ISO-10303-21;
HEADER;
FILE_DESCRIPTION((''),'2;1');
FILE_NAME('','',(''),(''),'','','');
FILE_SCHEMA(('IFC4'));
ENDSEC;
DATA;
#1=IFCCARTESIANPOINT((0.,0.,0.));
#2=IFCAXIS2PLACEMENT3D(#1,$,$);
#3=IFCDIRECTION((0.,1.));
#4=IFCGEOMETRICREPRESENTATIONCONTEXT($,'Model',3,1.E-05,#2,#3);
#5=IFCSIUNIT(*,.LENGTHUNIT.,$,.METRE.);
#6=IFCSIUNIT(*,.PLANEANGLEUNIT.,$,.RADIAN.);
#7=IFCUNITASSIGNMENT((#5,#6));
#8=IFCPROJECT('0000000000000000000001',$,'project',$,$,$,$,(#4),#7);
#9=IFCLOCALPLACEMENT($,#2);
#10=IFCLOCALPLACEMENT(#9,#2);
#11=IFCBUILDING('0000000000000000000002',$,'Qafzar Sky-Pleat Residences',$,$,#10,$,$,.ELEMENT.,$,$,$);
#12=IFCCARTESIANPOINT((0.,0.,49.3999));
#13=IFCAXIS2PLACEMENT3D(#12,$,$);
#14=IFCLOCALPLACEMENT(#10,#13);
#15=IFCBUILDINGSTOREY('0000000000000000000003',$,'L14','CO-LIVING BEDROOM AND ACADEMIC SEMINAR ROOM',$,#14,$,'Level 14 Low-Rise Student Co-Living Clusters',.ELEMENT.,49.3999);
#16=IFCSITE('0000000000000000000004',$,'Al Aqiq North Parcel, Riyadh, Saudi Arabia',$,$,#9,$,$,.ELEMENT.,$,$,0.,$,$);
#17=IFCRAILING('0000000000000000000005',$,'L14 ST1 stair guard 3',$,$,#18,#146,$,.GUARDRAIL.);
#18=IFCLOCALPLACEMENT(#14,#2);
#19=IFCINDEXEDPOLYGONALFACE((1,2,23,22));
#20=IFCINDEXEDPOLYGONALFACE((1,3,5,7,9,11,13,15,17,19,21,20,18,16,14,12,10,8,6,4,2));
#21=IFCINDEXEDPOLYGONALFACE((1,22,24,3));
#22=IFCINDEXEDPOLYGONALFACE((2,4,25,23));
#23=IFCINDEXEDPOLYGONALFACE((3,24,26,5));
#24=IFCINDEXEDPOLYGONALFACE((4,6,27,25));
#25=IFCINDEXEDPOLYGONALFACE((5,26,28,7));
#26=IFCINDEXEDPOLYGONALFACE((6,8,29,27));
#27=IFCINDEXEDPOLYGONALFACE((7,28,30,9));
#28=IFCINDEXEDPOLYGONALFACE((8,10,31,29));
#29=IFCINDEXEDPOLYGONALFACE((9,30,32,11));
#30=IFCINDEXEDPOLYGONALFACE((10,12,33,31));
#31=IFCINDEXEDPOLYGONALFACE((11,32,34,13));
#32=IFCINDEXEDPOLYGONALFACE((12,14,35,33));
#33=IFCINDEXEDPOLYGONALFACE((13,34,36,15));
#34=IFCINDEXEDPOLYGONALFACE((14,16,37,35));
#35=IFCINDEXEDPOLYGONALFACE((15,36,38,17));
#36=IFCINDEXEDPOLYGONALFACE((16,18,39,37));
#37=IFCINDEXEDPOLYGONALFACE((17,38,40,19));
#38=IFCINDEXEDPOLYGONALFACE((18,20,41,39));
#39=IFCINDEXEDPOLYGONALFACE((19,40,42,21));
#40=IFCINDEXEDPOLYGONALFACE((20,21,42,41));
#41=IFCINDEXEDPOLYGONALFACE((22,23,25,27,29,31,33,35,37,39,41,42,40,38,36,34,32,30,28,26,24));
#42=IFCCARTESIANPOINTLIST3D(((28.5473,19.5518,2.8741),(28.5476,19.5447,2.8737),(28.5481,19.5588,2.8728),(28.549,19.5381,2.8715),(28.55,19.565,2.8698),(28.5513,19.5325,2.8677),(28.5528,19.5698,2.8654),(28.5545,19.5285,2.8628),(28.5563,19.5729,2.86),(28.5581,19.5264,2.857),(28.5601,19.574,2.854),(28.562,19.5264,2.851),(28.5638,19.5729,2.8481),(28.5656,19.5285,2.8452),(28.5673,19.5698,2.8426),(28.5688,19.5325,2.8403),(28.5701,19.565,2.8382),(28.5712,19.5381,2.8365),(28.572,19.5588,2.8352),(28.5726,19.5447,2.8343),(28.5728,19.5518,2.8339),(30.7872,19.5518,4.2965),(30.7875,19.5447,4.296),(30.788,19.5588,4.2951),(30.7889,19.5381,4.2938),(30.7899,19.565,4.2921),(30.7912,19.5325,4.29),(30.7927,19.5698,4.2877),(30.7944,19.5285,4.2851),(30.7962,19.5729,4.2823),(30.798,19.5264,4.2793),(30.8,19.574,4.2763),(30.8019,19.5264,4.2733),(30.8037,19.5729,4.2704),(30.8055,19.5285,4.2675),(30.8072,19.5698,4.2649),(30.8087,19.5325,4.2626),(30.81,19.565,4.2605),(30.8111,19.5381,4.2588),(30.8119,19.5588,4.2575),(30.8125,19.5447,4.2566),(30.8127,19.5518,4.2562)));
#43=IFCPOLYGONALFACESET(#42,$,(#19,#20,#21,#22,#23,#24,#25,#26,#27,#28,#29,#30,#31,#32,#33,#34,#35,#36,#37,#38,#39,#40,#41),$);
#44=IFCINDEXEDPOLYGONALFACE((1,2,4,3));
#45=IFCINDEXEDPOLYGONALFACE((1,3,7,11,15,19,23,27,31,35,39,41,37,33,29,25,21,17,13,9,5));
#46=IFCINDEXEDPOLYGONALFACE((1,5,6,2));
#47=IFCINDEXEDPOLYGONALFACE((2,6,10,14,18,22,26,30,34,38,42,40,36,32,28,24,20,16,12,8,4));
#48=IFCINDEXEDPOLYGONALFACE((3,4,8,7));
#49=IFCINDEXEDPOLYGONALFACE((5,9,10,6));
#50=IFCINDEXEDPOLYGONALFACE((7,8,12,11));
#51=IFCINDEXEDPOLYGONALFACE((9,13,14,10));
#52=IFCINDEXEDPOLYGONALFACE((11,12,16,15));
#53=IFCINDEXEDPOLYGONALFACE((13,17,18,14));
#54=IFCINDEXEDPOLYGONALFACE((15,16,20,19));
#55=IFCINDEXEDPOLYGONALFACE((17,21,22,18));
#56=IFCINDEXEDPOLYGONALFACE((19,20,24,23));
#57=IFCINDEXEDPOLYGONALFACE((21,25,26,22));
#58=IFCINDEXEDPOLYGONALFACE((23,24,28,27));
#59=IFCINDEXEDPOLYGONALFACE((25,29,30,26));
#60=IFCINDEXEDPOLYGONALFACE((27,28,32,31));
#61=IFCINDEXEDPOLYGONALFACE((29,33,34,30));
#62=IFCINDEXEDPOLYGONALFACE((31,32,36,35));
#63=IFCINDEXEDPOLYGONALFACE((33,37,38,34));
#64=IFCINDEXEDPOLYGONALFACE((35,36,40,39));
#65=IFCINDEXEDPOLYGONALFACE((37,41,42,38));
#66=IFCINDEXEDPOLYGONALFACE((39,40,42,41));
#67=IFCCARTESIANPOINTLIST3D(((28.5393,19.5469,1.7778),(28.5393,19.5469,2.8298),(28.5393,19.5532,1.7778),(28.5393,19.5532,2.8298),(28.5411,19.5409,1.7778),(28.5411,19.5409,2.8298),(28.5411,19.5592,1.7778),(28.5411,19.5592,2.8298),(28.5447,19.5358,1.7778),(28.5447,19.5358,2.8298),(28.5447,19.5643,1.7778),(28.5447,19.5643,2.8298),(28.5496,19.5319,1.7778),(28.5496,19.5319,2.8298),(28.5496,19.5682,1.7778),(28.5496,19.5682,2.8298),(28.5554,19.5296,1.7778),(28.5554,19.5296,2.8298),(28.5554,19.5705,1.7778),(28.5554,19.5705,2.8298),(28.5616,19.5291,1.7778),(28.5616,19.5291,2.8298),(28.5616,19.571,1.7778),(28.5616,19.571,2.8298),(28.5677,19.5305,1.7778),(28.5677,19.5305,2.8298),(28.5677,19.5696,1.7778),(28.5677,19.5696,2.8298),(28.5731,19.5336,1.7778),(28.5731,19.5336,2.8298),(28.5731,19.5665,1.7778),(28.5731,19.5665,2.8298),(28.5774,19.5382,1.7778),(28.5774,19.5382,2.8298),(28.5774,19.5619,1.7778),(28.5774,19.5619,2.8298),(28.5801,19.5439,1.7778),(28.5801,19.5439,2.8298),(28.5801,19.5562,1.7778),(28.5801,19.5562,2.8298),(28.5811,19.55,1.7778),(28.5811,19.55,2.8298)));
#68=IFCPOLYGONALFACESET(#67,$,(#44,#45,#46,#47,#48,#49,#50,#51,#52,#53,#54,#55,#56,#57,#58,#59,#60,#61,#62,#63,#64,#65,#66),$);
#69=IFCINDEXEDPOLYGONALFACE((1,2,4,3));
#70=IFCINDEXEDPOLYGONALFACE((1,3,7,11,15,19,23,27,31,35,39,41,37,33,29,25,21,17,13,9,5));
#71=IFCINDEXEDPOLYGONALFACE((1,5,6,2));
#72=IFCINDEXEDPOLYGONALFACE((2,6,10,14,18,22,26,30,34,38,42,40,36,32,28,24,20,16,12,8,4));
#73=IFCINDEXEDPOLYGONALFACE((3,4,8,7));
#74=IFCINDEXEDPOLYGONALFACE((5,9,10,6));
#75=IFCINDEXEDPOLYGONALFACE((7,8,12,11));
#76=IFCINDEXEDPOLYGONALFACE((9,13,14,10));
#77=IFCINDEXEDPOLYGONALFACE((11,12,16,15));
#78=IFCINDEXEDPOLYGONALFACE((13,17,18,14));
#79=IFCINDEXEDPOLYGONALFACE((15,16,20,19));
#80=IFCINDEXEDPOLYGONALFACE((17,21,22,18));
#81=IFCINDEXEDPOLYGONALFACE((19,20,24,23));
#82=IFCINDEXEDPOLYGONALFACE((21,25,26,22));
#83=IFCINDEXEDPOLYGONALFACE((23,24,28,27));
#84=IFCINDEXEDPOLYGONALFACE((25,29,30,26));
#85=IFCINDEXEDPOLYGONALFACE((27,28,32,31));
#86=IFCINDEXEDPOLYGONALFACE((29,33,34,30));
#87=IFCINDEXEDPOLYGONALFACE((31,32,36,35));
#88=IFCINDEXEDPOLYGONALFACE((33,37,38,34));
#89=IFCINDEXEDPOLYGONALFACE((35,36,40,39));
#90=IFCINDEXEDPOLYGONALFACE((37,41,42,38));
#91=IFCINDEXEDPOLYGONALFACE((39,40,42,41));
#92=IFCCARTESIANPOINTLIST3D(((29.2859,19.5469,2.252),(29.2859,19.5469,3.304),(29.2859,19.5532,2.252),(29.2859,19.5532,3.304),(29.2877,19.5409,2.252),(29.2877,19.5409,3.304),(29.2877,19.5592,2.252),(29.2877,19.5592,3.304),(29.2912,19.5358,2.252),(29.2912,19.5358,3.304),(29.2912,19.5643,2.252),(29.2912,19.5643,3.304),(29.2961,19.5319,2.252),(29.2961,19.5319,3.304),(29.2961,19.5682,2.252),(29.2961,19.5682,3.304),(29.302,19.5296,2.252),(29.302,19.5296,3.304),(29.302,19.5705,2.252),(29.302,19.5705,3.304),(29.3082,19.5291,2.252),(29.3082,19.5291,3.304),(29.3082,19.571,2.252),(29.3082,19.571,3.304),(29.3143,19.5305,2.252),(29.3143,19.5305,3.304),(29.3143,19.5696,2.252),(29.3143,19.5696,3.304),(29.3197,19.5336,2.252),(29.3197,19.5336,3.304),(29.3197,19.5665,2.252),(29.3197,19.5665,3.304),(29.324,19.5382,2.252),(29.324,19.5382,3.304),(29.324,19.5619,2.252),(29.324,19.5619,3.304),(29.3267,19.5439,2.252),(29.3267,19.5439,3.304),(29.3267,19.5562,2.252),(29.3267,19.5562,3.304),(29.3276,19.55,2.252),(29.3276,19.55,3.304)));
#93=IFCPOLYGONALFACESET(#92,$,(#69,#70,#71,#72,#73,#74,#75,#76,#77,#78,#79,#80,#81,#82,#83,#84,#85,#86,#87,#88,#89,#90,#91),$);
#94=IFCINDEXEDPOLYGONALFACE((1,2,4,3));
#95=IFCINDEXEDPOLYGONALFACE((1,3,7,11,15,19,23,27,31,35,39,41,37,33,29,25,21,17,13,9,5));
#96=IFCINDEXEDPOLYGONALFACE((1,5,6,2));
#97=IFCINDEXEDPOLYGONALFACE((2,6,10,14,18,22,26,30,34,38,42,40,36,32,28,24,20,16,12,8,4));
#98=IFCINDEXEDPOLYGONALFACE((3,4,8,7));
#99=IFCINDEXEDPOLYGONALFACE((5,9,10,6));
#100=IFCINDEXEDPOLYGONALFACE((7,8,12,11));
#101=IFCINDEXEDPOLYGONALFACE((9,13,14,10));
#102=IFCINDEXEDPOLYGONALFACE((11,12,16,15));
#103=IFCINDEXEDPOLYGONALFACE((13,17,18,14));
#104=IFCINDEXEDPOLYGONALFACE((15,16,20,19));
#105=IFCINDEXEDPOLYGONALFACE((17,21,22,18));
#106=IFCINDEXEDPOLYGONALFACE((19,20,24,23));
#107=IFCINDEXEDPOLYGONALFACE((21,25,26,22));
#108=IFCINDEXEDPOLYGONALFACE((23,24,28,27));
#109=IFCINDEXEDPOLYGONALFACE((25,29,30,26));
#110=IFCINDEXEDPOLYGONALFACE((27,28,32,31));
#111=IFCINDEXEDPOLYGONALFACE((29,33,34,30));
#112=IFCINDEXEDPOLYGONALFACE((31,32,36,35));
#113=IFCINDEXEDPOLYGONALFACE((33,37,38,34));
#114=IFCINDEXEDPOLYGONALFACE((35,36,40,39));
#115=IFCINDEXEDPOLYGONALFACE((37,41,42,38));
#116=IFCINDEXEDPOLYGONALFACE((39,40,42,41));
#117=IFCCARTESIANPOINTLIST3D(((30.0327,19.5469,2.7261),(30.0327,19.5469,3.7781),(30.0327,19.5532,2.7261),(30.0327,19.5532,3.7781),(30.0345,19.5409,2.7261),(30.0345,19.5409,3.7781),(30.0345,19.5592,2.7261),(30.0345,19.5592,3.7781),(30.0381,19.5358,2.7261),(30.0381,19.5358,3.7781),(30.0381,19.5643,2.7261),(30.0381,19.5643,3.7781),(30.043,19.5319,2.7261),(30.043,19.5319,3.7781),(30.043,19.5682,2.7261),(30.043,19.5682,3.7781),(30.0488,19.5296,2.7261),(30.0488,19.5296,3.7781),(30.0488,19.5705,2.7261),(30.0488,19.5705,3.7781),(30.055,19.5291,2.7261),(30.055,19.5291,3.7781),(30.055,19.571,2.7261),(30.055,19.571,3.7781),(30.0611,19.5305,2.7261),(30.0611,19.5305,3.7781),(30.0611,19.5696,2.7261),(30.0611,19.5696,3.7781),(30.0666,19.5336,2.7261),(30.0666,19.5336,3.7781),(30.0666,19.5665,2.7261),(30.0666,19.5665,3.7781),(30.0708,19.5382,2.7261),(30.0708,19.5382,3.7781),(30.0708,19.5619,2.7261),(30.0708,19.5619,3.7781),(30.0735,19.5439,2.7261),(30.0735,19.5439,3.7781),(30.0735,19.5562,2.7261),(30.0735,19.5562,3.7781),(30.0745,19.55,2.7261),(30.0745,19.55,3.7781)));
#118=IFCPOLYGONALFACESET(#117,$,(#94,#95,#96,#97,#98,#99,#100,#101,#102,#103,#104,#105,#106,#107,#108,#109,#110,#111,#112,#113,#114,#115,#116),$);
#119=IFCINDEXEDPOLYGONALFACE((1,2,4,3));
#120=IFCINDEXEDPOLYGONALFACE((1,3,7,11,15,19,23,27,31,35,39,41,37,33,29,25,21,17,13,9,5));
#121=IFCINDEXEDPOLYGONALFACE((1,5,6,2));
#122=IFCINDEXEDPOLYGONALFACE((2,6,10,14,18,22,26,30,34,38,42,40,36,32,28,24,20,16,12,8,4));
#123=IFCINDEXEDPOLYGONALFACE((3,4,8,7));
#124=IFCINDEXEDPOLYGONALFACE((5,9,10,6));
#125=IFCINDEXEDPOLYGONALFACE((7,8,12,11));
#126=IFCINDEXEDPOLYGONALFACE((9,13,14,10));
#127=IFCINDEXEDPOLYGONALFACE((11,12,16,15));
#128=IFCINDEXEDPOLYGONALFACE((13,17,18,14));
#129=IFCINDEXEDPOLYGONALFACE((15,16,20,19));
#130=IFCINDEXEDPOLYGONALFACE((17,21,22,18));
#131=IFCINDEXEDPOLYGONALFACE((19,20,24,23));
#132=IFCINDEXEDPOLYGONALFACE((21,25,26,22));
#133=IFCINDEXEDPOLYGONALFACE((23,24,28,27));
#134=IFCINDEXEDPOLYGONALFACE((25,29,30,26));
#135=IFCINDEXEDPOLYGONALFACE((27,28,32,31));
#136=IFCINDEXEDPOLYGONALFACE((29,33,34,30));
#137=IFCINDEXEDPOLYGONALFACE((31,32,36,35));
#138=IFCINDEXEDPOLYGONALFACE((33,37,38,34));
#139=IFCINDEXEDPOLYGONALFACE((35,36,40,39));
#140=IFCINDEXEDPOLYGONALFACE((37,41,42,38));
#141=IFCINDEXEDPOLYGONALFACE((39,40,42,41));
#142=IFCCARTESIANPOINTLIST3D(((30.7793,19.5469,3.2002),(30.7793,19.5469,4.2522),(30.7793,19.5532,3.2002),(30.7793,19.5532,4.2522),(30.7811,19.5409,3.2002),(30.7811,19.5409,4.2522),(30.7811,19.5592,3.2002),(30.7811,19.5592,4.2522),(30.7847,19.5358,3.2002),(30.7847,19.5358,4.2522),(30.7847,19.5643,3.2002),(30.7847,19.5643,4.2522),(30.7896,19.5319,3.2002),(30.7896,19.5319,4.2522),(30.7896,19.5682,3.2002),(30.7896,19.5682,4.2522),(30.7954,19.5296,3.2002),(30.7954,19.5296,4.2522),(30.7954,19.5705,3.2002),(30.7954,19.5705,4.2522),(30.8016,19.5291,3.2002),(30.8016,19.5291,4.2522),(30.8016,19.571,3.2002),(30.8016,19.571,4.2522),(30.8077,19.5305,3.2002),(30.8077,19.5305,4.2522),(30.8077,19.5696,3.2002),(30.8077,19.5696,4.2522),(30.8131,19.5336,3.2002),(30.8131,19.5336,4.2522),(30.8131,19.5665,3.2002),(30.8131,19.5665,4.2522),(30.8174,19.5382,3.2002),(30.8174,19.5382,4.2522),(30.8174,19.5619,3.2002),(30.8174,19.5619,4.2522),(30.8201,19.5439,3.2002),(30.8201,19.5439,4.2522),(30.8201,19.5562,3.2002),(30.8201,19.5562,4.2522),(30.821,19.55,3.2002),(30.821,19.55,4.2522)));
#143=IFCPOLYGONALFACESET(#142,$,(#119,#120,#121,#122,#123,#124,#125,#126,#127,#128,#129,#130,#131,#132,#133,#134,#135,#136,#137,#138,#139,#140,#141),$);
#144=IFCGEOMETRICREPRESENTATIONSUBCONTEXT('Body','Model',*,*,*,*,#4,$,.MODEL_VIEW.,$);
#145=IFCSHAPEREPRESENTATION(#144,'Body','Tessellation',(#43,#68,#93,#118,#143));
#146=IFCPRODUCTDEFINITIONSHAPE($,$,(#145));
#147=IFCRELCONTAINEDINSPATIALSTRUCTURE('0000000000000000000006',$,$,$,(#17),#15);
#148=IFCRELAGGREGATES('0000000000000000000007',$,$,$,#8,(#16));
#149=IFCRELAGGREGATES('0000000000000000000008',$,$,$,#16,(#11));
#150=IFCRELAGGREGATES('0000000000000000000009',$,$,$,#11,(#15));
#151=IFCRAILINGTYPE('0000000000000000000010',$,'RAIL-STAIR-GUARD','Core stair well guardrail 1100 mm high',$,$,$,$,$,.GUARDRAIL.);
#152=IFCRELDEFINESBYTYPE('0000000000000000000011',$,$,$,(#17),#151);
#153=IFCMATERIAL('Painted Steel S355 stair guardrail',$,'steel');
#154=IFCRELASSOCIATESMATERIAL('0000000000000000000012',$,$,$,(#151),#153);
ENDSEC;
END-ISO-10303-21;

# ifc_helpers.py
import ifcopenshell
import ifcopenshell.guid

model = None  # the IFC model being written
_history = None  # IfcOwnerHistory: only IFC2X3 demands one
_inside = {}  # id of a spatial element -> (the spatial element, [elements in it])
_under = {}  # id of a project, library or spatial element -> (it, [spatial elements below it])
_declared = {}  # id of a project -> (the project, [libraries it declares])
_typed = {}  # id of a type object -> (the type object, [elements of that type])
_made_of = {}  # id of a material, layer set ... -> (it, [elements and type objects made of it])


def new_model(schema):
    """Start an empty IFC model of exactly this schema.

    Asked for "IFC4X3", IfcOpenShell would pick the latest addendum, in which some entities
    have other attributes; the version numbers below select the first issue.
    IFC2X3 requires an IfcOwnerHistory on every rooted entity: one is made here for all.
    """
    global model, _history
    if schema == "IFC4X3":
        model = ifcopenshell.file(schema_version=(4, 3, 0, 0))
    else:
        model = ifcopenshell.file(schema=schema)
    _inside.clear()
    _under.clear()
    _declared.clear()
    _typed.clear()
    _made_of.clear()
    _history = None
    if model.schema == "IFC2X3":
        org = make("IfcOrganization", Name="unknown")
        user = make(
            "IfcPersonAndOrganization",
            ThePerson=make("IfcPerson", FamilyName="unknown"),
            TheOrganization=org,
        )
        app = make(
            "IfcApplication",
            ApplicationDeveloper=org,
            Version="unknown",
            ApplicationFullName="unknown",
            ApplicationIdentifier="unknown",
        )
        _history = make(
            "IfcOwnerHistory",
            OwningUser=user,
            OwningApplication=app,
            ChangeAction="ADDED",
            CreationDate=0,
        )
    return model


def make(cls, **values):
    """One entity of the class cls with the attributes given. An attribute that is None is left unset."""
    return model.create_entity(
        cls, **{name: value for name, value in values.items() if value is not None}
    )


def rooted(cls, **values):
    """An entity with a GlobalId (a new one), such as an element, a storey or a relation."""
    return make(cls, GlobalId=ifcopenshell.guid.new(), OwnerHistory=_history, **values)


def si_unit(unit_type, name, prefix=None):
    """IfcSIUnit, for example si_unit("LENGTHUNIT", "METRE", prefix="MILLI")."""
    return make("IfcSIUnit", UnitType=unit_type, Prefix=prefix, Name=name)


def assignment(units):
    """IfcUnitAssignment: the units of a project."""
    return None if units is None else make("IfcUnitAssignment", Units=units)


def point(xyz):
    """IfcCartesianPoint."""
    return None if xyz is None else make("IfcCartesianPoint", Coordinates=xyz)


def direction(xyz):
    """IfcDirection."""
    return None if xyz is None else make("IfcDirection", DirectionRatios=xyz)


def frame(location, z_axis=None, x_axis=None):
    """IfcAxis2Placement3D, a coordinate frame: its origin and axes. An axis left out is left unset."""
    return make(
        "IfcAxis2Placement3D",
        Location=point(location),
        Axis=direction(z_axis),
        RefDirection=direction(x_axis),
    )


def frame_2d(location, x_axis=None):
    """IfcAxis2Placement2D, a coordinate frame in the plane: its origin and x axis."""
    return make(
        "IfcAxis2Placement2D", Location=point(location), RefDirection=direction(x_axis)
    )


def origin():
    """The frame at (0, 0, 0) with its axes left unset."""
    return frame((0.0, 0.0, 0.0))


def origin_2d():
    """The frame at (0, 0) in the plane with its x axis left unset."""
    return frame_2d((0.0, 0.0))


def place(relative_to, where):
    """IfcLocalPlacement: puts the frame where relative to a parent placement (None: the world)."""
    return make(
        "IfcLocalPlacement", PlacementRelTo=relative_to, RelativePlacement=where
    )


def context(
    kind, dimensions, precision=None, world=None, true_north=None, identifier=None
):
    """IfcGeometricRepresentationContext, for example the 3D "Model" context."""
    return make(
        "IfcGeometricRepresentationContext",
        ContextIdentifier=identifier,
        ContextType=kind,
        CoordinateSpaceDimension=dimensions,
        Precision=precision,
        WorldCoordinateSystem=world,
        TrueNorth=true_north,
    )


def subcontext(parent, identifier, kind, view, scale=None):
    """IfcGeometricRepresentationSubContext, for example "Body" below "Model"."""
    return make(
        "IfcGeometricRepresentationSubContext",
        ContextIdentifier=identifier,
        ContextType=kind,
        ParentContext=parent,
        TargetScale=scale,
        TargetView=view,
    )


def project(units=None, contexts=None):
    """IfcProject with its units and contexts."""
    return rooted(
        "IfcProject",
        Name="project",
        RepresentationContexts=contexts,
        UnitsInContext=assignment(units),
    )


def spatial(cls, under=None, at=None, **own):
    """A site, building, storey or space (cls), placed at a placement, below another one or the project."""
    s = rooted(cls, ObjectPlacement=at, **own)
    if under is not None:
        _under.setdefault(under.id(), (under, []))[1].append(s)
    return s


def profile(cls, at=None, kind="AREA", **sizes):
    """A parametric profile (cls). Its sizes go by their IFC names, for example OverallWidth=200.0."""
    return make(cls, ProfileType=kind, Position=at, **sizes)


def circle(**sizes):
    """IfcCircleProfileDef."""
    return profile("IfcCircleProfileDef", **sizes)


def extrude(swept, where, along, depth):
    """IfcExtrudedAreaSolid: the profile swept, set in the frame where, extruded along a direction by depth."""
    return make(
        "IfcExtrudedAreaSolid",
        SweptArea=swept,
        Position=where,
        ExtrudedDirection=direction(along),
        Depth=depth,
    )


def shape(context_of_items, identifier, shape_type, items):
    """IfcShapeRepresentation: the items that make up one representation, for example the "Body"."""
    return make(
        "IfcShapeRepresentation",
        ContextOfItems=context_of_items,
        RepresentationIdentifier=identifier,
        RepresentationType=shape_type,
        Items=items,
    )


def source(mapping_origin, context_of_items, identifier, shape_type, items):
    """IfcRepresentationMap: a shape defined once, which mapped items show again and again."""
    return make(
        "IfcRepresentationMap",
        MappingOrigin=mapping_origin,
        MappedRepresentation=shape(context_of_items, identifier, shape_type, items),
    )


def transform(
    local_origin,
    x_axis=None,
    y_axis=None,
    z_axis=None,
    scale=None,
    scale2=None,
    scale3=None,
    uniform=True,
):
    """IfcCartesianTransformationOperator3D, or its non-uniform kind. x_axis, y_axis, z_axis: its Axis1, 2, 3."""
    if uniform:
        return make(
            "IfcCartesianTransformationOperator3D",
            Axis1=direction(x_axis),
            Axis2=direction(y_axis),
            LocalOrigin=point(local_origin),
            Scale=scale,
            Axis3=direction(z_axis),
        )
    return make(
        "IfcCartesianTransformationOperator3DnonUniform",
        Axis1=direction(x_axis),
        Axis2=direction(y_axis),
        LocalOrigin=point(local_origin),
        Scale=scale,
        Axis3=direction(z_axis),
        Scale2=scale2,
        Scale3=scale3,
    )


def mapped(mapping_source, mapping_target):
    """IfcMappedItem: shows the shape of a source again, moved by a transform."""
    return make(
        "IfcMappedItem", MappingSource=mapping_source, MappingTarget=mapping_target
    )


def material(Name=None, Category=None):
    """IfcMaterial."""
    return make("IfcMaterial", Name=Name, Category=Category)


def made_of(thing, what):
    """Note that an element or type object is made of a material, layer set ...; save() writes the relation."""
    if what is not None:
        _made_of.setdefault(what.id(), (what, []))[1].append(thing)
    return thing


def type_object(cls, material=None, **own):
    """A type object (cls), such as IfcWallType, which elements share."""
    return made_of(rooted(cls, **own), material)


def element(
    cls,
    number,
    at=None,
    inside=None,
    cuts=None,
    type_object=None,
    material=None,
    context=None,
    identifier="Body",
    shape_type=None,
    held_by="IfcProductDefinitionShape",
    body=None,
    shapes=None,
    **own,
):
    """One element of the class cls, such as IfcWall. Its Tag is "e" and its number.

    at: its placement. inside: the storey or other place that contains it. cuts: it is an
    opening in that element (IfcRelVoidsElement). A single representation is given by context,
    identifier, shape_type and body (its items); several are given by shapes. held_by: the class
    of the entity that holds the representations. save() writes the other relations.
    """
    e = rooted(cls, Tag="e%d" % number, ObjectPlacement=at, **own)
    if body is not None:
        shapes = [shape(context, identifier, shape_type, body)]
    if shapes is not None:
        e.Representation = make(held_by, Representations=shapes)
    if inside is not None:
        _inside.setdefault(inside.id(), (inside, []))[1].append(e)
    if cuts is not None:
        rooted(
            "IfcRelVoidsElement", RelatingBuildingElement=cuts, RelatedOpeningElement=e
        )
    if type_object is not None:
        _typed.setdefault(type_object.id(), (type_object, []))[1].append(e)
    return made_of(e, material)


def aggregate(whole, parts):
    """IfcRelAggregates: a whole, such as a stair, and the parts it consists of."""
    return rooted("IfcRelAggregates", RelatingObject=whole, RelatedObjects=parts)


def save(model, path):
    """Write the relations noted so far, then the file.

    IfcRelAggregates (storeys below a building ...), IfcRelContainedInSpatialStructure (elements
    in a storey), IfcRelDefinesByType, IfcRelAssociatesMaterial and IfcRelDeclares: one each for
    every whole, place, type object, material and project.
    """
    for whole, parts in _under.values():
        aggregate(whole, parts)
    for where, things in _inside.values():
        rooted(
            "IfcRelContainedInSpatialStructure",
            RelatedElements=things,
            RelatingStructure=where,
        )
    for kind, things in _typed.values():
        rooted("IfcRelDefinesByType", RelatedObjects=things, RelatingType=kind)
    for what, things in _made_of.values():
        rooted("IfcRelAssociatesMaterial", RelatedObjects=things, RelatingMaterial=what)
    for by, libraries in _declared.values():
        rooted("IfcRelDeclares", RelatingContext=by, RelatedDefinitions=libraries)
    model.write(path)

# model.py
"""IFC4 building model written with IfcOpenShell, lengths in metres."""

from ifc_helpers import new_model, si_unit, direction, frame, origin, origin_2d, place, context, subcontext, project, spatial, circle, extrude, source, transform, mapped, material, type_object, element, save


model = new_model("IFC4")

# Units and contexts
model_context = context("Model", 3, precision=1e-05, world=origin(), true_north=direction((0.0, 1.0)))
body_context = subcontext(model_context, "Body", "Model", "MODEL_VIEW")
ifc_project = project(units=[si_unit("LENGTHUNIT", "METRE"), si_unit("PLANEANGLEUNIT", "RADIAN")], contexts=[model_context])

# Site, building, storey
site_placement = place(None, origin())
site = spatial("IfcSite", under=ifc_project, at=site_placement, Name="Al Aqiq North Parcel, Riyadh, Saudi Arabia", CompositionType="ELEMENT", RefElevation=0.0)
building_placement = place(site_placement, origin())
building = spatial("IfcBuilding", under=site, at=building_placement, Name="Qafzar Sky-Pleat Residences", CompositionType="ELEMENT")
storey_placement = place(building_placement, frame((0.0, 0.0, 49.3999)))
storey = spatial("IfcBuildingStorey", under=building, at=storey_placement, Name="L14", Description="CO-LIVING BEDROOM AND ACADEMIC SEMINAR ROOM", LongName="Level 14 Low-Rise Student Co-Living Clusters", CompositionType="ELEMENT", Elevation=49.3999)

# Railing
ifc_material_1 = material(Name="Painted Steel S355 stair guardrail", Category="steel")
railing_type_1 = type_object("IfcRailingType", Name="RAIL-STAIR-GUARD", Description="Core stair well guardrail 1100 mm high", PredefinedType="GUARDRAIL", material=ifc_material_1)
shared_shape_1 = source(origin(), body_context, "Body", "SweptSolid", [
    extrude(circle(Radius=0.0239, at=origin_2d()), frame((0.0, 0.0, 1.0762), z_axis=(0.844188, 0.0, 0.536048), x_axis=(0.0, 1.0, 0.0)), (0.0, 0.0, 1.0), 2.6533),
    extrude(circle(Radius=0.021, at=origin_2d()), origin(), (0.0, 0.0, 1.0), 1.052),
    extrude(circle(Radius=0.021, at=origin_2d()), frame((0.7466, 0.0, 0.4741)), (0.0, 0.0, 1.0), 1.052),
    extrude(circle(Radius=0.021, at=origin_2d()), frame((1.4934, 0.0, 0.9482)), (0.0, 0.0, 1.0), 1.052),
    extrude(circle(Radius=0.021, at=origin_2d()), frame((2.24, 0.0, 1.4224)), (0.0, 0.0, 1.0), 1.052),
])
railing_1_placement = place(storey_placement, frame((28.5601, 19.55, 1.7778)))
element("IfcRailing", 1, at=railing_1_placement, inside=storey, type_object=railing_type_1, Name="L14 ST1 stair guard 3", PredefinedType="GUARDRAIL", context=body_context, shape_type="MappedRepresentation", body=[
    mapped(shared_shape_1, transform((0.0, 0.0, 0.0), x_axis=(1.0, 0.0, 0.0), y_axis=(0.0, 1.0, 0.0), z_axis=(0.0, 0.0, 1.0), scale=1.0)),
])

save(model, "model.ifc")
